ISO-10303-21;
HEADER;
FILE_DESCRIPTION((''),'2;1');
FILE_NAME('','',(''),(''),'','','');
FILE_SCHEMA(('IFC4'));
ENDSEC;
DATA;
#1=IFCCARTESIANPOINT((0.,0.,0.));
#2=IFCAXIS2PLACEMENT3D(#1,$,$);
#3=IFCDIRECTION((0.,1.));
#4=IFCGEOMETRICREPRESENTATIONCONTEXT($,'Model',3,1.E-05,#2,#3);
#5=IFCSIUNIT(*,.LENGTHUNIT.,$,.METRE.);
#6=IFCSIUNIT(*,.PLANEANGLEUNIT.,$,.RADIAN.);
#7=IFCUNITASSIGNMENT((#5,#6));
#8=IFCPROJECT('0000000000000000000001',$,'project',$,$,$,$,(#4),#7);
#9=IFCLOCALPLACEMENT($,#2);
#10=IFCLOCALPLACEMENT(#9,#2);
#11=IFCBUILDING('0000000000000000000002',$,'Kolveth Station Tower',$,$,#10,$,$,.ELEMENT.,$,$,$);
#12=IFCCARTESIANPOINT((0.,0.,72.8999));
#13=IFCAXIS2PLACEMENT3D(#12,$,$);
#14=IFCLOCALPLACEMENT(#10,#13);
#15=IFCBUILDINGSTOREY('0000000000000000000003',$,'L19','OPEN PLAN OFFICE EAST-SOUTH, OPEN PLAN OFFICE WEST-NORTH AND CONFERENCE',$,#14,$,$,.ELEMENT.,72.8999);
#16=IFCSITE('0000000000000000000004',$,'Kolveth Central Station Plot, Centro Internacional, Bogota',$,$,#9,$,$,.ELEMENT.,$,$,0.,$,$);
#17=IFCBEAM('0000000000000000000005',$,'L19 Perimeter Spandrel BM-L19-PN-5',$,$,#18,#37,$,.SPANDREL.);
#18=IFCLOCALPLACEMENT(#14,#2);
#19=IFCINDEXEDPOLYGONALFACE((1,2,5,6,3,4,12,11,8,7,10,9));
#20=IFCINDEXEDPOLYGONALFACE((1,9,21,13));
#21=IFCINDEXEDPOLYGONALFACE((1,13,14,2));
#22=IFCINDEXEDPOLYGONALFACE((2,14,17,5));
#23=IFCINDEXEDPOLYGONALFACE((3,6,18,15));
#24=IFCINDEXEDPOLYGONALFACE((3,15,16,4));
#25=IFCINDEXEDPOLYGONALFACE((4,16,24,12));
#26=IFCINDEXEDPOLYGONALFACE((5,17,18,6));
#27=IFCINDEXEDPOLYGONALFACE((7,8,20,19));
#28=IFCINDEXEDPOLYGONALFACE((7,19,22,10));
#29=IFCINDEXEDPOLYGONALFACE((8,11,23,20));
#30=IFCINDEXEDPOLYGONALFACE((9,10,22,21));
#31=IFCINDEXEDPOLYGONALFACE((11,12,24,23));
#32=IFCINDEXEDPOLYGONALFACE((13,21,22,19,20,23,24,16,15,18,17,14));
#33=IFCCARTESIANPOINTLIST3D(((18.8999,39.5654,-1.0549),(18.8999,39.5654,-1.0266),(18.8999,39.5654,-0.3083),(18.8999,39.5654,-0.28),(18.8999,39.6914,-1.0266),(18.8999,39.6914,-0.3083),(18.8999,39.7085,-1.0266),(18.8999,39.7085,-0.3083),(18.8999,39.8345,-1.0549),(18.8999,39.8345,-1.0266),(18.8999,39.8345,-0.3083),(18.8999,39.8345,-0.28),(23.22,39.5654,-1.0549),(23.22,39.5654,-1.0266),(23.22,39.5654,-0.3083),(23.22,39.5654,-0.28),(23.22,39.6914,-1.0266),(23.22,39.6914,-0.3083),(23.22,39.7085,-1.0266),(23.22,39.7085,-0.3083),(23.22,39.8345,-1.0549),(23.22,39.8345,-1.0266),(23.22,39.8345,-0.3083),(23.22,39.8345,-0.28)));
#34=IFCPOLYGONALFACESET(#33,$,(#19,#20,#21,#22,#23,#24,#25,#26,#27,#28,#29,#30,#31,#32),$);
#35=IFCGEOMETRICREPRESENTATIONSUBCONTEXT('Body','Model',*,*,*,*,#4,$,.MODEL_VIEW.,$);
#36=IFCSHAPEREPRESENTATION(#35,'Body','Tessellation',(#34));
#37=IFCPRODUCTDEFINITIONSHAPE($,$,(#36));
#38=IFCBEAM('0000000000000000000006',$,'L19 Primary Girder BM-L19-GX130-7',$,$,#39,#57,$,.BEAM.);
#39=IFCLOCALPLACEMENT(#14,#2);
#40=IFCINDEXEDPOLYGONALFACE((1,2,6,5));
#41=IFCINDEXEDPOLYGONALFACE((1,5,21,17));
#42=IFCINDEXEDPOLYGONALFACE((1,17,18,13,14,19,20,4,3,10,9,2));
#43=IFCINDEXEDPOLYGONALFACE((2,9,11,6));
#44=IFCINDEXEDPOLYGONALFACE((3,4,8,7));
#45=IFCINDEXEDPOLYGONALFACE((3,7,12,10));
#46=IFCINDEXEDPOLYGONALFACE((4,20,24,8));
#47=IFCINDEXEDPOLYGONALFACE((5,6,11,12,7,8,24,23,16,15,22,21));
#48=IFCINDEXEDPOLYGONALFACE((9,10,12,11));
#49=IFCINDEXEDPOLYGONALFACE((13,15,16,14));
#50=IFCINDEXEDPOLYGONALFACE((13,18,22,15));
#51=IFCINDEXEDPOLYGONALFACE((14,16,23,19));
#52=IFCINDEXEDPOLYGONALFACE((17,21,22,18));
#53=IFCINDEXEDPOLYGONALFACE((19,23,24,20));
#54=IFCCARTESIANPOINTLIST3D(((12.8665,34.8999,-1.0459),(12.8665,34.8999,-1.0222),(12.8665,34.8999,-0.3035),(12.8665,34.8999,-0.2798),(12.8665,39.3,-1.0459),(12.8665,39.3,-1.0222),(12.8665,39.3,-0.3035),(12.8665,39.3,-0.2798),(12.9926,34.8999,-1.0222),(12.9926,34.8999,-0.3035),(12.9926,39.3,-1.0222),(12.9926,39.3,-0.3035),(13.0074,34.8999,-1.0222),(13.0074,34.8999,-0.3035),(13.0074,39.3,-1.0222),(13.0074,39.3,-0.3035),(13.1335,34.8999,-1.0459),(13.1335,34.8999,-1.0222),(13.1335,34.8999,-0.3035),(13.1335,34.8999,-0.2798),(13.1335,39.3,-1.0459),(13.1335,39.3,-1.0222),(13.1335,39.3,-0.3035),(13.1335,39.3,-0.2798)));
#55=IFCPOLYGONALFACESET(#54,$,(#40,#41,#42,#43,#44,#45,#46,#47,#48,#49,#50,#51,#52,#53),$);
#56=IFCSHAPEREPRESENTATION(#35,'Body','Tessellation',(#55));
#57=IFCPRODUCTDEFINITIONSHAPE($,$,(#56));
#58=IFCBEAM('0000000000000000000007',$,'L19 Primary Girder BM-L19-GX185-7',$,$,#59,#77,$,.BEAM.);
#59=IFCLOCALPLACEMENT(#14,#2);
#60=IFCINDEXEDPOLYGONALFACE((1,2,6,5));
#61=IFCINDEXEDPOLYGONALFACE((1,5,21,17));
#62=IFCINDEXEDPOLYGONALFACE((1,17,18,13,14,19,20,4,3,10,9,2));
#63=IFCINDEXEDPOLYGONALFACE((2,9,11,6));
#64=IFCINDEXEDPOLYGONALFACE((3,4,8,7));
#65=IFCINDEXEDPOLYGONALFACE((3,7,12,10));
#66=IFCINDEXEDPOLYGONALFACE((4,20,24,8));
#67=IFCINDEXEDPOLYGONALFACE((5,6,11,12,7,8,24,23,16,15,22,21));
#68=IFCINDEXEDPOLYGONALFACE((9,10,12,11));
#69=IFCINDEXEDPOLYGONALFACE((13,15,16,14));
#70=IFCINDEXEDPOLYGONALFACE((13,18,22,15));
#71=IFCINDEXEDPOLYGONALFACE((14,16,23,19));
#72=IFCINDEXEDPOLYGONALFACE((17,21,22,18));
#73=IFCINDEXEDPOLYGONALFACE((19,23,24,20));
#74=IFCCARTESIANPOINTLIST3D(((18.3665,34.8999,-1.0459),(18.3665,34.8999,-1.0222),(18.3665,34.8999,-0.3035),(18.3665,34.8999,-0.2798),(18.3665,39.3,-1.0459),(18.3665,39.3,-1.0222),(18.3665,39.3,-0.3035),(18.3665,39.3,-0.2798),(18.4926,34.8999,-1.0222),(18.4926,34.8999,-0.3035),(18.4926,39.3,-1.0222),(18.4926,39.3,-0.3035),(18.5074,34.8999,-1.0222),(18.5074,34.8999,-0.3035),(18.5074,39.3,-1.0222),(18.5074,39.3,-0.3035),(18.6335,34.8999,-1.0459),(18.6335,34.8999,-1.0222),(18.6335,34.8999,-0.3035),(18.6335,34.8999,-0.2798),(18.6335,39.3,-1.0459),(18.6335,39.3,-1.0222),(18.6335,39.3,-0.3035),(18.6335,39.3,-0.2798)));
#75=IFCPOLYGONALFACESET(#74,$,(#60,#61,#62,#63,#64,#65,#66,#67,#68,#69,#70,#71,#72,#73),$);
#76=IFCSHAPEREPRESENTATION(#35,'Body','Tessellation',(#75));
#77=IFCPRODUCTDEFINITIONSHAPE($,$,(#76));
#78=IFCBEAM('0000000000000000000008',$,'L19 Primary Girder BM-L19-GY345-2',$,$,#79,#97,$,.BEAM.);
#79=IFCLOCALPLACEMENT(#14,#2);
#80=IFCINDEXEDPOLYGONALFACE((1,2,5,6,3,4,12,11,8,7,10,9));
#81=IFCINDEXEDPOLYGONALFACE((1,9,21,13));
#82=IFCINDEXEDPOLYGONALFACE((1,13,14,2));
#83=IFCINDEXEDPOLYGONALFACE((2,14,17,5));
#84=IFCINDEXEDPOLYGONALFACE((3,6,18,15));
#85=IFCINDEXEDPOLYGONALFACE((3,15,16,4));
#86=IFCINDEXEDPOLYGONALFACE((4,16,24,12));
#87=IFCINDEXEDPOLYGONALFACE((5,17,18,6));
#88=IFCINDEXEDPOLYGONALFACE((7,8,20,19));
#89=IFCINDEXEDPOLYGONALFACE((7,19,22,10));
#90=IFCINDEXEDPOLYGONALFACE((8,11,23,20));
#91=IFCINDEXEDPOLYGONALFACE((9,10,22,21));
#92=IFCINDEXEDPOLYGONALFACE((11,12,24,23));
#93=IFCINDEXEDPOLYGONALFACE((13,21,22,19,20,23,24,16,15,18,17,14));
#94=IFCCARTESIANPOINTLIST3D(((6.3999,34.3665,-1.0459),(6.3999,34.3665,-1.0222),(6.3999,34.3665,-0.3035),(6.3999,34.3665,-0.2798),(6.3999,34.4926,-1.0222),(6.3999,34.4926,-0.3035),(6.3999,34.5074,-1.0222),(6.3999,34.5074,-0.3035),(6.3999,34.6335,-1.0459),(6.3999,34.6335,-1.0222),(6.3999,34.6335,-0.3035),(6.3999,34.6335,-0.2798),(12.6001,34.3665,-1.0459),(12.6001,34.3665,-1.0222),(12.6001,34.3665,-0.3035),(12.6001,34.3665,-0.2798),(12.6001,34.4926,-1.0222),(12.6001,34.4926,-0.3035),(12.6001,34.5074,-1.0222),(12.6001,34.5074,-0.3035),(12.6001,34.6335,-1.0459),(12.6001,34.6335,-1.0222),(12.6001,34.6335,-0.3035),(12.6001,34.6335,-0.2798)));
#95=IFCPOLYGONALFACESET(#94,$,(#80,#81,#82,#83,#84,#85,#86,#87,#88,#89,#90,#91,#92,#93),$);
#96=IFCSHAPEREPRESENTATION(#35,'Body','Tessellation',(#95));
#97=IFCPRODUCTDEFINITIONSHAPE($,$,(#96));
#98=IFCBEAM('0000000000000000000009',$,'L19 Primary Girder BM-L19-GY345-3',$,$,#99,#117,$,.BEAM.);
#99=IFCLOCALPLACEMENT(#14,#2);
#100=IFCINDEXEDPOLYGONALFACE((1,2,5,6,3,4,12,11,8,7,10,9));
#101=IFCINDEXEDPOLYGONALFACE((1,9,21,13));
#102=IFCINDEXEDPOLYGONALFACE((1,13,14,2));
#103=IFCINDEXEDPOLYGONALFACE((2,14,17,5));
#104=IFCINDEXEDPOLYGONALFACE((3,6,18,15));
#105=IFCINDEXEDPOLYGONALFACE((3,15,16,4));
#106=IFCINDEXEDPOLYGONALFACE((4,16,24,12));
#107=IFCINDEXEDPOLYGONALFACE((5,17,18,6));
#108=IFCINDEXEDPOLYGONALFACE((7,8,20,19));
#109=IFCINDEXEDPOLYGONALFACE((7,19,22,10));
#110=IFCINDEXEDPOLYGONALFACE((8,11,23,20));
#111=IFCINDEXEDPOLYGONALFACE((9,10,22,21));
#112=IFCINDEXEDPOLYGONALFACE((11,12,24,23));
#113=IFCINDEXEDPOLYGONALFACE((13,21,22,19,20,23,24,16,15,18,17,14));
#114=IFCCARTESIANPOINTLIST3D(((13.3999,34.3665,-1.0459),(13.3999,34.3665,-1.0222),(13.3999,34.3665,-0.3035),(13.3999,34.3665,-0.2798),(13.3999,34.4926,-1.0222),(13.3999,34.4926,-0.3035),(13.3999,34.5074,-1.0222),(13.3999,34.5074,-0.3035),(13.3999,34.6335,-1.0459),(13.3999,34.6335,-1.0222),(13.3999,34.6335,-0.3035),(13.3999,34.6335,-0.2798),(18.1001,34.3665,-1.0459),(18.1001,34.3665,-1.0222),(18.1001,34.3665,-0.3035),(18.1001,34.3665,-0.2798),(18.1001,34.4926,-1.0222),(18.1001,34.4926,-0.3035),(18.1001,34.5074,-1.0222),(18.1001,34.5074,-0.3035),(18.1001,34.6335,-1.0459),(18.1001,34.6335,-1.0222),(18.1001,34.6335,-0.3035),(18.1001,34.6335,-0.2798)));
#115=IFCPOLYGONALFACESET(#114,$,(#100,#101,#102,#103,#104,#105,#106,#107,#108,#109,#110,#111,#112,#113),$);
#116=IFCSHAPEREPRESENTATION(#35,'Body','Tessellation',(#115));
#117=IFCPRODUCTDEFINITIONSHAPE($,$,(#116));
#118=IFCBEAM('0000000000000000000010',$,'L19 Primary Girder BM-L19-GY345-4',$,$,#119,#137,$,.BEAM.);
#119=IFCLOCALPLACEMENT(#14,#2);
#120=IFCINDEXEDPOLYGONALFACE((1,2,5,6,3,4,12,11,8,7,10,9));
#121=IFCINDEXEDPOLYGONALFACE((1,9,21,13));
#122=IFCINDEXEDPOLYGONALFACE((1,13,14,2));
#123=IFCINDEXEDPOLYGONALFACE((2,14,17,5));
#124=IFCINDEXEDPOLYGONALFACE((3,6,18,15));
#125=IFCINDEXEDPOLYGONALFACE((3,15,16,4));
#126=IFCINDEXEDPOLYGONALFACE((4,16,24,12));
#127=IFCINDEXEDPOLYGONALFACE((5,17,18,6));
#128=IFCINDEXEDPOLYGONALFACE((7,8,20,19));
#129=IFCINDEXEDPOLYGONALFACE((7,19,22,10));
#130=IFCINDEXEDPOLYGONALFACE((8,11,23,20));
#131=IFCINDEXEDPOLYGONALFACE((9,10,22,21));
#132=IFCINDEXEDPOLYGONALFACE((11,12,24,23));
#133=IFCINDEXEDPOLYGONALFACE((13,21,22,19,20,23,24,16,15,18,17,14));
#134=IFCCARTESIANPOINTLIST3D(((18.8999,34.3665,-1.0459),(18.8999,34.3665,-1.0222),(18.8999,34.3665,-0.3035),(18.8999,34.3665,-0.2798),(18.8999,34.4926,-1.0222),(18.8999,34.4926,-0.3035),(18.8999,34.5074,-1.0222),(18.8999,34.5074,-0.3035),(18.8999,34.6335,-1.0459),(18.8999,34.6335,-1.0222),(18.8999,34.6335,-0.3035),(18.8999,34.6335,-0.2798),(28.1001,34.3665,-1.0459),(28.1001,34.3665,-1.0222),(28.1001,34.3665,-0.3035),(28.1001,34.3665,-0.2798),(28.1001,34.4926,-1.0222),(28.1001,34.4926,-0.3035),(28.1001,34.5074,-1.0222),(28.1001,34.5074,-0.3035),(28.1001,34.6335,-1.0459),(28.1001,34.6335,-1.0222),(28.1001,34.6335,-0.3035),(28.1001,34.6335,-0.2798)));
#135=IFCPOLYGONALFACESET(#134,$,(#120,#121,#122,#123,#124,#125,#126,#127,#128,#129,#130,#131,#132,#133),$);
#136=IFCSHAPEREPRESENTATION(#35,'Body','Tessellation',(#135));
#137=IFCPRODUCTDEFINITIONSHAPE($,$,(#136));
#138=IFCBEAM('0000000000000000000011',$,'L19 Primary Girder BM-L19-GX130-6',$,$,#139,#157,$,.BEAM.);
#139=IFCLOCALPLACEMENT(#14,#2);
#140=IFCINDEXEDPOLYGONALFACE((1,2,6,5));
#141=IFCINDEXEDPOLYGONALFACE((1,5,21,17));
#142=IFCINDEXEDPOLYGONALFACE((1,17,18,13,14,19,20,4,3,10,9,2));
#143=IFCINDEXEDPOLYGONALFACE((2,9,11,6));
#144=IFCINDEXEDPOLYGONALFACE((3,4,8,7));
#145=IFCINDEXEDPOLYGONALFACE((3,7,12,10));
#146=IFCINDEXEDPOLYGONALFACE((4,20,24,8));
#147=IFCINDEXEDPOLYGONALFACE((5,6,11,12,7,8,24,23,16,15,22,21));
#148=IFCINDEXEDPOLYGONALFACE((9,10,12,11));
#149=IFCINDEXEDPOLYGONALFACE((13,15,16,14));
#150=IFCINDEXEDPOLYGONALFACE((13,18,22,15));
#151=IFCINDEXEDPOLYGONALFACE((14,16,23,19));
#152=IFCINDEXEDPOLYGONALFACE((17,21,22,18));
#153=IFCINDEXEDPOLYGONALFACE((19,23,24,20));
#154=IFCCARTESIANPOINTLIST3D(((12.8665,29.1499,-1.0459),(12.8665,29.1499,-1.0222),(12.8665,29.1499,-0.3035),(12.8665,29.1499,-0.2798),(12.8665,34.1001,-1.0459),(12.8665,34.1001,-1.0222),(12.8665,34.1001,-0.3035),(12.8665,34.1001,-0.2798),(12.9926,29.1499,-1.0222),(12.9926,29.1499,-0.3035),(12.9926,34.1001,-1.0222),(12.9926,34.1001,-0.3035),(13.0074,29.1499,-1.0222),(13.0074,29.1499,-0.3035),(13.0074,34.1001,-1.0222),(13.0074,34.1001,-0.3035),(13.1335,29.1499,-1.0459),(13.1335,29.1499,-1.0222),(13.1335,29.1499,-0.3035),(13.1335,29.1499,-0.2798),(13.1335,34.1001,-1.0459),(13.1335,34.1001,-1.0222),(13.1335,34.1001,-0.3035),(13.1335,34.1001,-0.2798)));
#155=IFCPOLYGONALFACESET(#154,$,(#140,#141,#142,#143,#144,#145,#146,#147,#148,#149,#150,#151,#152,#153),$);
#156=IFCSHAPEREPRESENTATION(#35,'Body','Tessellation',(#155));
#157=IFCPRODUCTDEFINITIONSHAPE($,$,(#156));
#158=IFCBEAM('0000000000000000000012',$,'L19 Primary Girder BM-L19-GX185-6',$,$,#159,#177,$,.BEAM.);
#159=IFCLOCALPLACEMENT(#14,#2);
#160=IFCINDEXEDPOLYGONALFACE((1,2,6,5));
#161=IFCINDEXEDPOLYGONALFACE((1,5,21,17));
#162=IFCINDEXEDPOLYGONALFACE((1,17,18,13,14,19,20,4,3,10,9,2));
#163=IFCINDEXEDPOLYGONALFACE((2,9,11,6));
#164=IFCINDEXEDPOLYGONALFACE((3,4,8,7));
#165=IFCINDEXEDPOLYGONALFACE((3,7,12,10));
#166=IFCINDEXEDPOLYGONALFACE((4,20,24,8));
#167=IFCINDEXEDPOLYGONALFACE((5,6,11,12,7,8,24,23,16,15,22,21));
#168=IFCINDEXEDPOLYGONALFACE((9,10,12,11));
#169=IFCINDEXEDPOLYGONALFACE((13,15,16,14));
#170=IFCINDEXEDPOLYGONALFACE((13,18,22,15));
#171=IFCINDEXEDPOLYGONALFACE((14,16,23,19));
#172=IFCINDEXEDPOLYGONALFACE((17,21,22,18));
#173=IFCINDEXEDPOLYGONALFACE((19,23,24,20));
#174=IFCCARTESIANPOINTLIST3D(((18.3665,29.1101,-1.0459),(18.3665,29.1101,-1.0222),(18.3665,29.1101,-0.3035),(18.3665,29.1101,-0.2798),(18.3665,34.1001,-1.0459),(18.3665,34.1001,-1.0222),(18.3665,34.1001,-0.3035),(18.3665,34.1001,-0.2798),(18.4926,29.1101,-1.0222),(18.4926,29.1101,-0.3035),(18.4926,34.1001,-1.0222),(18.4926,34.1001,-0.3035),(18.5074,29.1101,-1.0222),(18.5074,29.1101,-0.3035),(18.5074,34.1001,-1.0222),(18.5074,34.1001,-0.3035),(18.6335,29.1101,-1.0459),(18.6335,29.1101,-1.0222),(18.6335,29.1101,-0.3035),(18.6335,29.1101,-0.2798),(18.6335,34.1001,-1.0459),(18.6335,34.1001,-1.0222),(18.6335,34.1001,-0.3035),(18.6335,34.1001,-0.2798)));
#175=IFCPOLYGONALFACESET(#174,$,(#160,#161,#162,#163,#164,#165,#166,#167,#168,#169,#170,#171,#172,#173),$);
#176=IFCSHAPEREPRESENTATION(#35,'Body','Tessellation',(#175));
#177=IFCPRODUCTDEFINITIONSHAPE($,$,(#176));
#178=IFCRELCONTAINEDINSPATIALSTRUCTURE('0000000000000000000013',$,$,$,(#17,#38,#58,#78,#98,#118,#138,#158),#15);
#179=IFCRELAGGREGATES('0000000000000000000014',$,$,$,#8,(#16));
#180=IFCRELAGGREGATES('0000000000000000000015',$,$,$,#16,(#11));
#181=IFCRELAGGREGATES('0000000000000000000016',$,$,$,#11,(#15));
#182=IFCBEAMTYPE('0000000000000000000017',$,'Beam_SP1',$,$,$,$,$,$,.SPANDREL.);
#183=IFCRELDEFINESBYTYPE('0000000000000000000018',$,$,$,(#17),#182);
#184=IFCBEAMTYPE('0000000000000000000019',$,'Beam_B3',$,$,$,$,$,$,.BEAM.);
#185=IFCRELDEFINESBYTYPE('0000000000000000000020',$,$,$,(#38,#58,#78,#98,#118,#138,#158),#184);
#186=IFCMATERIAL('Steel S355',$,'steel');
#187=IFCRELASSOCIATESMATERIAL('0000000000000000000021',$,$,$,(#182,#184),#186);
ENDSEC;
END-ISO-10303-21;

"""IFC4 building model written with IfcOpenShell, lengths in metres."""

from ifc_helpers import new_model, si_unit, direction, frame, origin, origin_2d, place, context, subcontext, project, spatial, i_section, extrude, source, transform, mapped, material, material_profile, profile_set, type_object, element, save


model = new_model("IFC4")

# Units and contexts
model_context = context("Model", 3, precision=1e-05, world=origin(), true_north=direction((0.0, 1.0)))
body_context = subcontext(model_context, "Body", "Model", "MODEL_VIEW")
ifc_project = project(units=[si_unit("LENGTHUNIT", "METRE"), si_unit("PLANEANGLEUNIT", "RADIAN")], contexts=[model_context])

# Site, building, storey
site_placement = place(None, origin())
site = spatial("IfcSite", under=ifc_project, at=site_placement, Name="Kolveth Central Station Plot, Centro Internacional, Bogota", CompositionType="ELEMENT", RefElevation=0.0)
building_placement = place(site_placement, origin())
building = spatial("IfcBuilding", under=site, at=building_placement, Name="Kolveth Station Tower", CompositionType="ELEMENT")
storey_placement = place(building_placement, frame((0.0, 0.0, 72.8999)))
storey = spatial("IfcBuildingStorey", under=building, at=storey_placement, Name="L19", Description="OPEN PLAN OFFICE EAST-SOUTH, OPEN PLAN OFFICE WEST-NORTH AND CONFERENCE", CompositionType="ELEMENT", Elevation=72.8999)

# Shared definitions
ifc_material_1 = material(Name="Steel S355", Category="steel")

# Beams
ifc_material_profile_1 = material_profile(ifc_material_1, i_section(OverallWidth=0.269, OverallDepth=0.7749, WebThickness=0.0171, FlangeThickness=0.0283, at=origin_2d()), Name="W760x220")
ifc_profile_set_1 = profile_set([ifc_material_profile_1], Name="Steel S355")
beam_type_1 = type_object("IfcBeamType", Name="Beam_SP1", PredefinedType="SPANDREL", material=ifc_profile_set_1)
shared_shape_1 = source(origin(), body_context, "Body", "SweptSolid", [
    extrude(i_section(OverallWidth=0.269, OverallDepth=0.7749, WebThickness=0.0171, FlangeThickness=0.0283, at=origin_2d()), origin(), (0.0, 0.0, 1.0), 4.3201),
])
beam_1_placement = place(storey_placement, frame((18.8999, 39.7, -0.6675), z_axis=(1.0, 0.0, 0.0), x_axis=(0.0, 1.0, 0.0)))
element("IfcBeam", 1, at=beam_1_placement, inside=storey, type_object=beam_type_1, Name="L19 Perimeter Spandrel BM-L19-PN-5", PredefinedType="SPANDREL", context=body_context, shape_type="MappedRepresentation", body=[
    mapped(shared_shape_1, transform((0.0, 0.0, 0.0), x_axis=(1.0, 0.0, 0.0), y_axis=(0.0, 1.0, 0.0), z_axis=(0.0, 0.0, 1.0), scale=1.0)),
])
ifc_material_profile_2 = material_profile(ifc_material_1, i_section(OverallWidth=0.2671, OverallDepth=0.7661, WebThickness=0.0149, FlangeThickness=0.0237, at=origin_2d()), Name="W760x185")
ifc_profile_set_2 = profile_set([ifc_material_profile_2], Name="Steel S355")
beam_type_2 = type_object("IfcBeamType", Name="Beam_B3", PredefinedType="BEAM", material=ifc_profile_set_2)
shared_shape_2 = source(origin(), body_context, "Body", "SweptSolid", [
    extrude(i_section(OverallWidth=0.2671, OverallDepth=0.7661, WebThickness=0.0149, FlangeThickness=0.0237, at=origin_2d()), origin(), (0.0, 0.0, 1.0), 4.4001),
])
for number, where, z_axis, x_axis, name in (
    (2, (13.0, 34.8999, -0.6628), (0.0, 1.0, 0.0), (-1.0, 0.0, 0.0), "L19 Primary Girder BM-L19-GX130-7"),
    (3, (18.5, 34.8999, -0.6628), (0.0, 1.0, 0.0), (-1.0, 0.0, 0.0), "L19 Primary Girder BM-L19-GX185-7"),
):
    element("IfcBeam", number, at=place(storey_placement, frame(where, z_axis=z_axis, x_axis=x_axis)), inside=storey, type_object=beam_type_2, Name=name, PredefinedType="BEAM", context=body_context, shape_type="MappedRepresentation", body=[
        mapped(shared_shape_2, transform((0.0, 0.0, 0.0), x_axis=(1.0, 0.0, 0.0), y_axis=(0.0, 1.0, 0.0), z_axis=(0.0, 0.0, 1.0), scale=1.0)),
    ])
shared_shape_3 = source(origin(), body_context, "Body", "SweptSolid", [
    extrude(i_section(OverallWidth=0.2671, OverallDepth=0.7661, WebThickness=0.0149, FlangeThickness=0.0237, at=origin_2d()), origin(), (0.0, 0.0, 1.0), 6.2002),
])
beam_2_placement = place(storey_placement, frame((6.3999, 34.5, -0.6628), z_axis=(1.0, 0.0, 0.0), x_axis=(0.0, 1.0, 0.0)))
element("IfcBeam", 4, at=beam_2_placement, inside=storey, type_object=beam_type_2, Name="L19 Primary Girder BM-L19-GY345-2", PredefinedType="BEAM", context=body_context, shape_type="MappedRepresentation", body=[
    mapped(shared_shape_3, transform((0.0, 0.0, 0.0), x_axis=(1.0, 0.0, 0.0), y_axis=(0.0, 1.0, 0.0), z_axis=(0.0, 0.0, 1.0), scale=1.0)),
])
shared_shape_4 = source(origin(), body_context, "Body", "SweptSolid", [
    extrude(i_section(OverallWidth=0.2671, OverallDepth=0.7661, WebThickness=0.0149, FlangeThickness=0.0237, at=origin_2d()), origin(), (0.0, 0.0, 1.0), 4.7002),
])
beam_3_placement = place(storey_placement, frame((13.3999, 34.5, -0.6628), z_axis=(1.0, 0.0, 0.0), x_axis=(0.0, 1.0, 0.0)))
element("IfcBeam", 5, at=beam_3_placement, inside=storey, type_object=beam_type_2, Name="L19 Primary Girder BM-L19-GY345-3", PredefinedType="BEAM", context=body_context, shape_type="MappedRepresentation", body=[
    mapped(shared_shape_4, transform((0.0, 0.0, 0.0), x_axis=(1.0, 0.0, 0.0), y_axis=(0.0, 1.0, 0.0), z_axis=(0.0, 0.0, 1.0), scale=1.0)),
])
shared_shape_5 = source(origin(), body_context, "Body", "SweptSolid", [
    extrude(i_section(OverallWidth=0.2671, OverallDepth=0.7661, WebThickness=0.0149, FlangeThickness=0.0237, at=origin_2d()), origin(), (0.0, 0.0, 1.0), 9.2002),
])
beam_4_placement = place(storey_placement, frame((18.8999, 34.5, -0.6628), z_axis=(1.0, 0.0, 0.0), x_axis=(0.0, 1.0, 0.0)))
element("IfcBeam", 6, at=beam_4_placement, inside=storey, type_object=beam_type_2, Name="L19 Primary Girder BM-L19-GY345-4", PredefinedType="BEAM", context=body_context, shape_type="MappedRepresentation", body=[
    mapped(shared_shape_5, transform((0.0, 0.0, 0.0), x_axis=(1.0, 0.0, 0.0), y_axis=(0.0, 1.0, 0.0), z_axis=(0.0, 0.0, 1.0), scale=1.0)),
])
shared_shape_6 = source(origin(), body_context, "Body", "SweptSolid", [
    extrude(i_section(OverallWidth=0.2671, OverallDepth=0.7661, WebThickness=0.0149, FlangeThickness=0.0237, at=origin_2d()), origin(), (0.0, 0.0, 1.0), 4.9502),
])
beam_5_placement = place(storey_placement, frame((13.0, 29.1499, -0.6628), z_axis=(0.0, 1.0, 0.0), x_axis=(-1.0, 0.0, 0.0)))
element("IfcBeam", 7, at=beam_5_placement, inside=storey, type_object=beam_type_2, Name="L19 Primary Girder BM-L19-GX130-6", PredefinedType="BEAM", context=body_context, shape_type="MappedRepresentation", body=[
    mapped(shared_shape_6, transform((0.0, 0.0, 0.0), x_axis=(1.0, 0.0, 0.0), y_axis=(0.0, 1.0, 0.0), z_axis=(0.0, 0.0, 1.0), scale=1.0)),
])
shared_shape_7 = source(origin(), body_context, "Body", "SweptSolid", [
    extrude(i_section(OverallWidth=0.2671, OverallDepth=0.7661, WebThickness=0.0149, FlangeThickness=0.0237, at=origin_2d()), origin(), (0.0, 0.0, 1.0), 4.99),
])
beam_6_placement = place(storey_placement, frame((18.5, 29.1101, -0.6628), z_axis=(0.0, 1.0, 0.0), x_axis=(-1.0, 0.0, 0.0)))
element("IfcBeam", 8, at=beam_6_placement, inside=storey, type_object=beam_type_2, Name="L19 Primary Girder BM-L19-GX185-6", PredefinedType="BEAM", context=body_context, shape_type="MappedRepresentation", body=[
    mapped(shared_shape_7, transform((0.0, 0.0, 0.0), x_axis=(1.0, 0.0, 0.0), y_axis=(0.0, 1.0, 0.0), z_axis=(0.0, 0.0, 1.0), scale=1.0)),
])

save(model, "model.ifc")
